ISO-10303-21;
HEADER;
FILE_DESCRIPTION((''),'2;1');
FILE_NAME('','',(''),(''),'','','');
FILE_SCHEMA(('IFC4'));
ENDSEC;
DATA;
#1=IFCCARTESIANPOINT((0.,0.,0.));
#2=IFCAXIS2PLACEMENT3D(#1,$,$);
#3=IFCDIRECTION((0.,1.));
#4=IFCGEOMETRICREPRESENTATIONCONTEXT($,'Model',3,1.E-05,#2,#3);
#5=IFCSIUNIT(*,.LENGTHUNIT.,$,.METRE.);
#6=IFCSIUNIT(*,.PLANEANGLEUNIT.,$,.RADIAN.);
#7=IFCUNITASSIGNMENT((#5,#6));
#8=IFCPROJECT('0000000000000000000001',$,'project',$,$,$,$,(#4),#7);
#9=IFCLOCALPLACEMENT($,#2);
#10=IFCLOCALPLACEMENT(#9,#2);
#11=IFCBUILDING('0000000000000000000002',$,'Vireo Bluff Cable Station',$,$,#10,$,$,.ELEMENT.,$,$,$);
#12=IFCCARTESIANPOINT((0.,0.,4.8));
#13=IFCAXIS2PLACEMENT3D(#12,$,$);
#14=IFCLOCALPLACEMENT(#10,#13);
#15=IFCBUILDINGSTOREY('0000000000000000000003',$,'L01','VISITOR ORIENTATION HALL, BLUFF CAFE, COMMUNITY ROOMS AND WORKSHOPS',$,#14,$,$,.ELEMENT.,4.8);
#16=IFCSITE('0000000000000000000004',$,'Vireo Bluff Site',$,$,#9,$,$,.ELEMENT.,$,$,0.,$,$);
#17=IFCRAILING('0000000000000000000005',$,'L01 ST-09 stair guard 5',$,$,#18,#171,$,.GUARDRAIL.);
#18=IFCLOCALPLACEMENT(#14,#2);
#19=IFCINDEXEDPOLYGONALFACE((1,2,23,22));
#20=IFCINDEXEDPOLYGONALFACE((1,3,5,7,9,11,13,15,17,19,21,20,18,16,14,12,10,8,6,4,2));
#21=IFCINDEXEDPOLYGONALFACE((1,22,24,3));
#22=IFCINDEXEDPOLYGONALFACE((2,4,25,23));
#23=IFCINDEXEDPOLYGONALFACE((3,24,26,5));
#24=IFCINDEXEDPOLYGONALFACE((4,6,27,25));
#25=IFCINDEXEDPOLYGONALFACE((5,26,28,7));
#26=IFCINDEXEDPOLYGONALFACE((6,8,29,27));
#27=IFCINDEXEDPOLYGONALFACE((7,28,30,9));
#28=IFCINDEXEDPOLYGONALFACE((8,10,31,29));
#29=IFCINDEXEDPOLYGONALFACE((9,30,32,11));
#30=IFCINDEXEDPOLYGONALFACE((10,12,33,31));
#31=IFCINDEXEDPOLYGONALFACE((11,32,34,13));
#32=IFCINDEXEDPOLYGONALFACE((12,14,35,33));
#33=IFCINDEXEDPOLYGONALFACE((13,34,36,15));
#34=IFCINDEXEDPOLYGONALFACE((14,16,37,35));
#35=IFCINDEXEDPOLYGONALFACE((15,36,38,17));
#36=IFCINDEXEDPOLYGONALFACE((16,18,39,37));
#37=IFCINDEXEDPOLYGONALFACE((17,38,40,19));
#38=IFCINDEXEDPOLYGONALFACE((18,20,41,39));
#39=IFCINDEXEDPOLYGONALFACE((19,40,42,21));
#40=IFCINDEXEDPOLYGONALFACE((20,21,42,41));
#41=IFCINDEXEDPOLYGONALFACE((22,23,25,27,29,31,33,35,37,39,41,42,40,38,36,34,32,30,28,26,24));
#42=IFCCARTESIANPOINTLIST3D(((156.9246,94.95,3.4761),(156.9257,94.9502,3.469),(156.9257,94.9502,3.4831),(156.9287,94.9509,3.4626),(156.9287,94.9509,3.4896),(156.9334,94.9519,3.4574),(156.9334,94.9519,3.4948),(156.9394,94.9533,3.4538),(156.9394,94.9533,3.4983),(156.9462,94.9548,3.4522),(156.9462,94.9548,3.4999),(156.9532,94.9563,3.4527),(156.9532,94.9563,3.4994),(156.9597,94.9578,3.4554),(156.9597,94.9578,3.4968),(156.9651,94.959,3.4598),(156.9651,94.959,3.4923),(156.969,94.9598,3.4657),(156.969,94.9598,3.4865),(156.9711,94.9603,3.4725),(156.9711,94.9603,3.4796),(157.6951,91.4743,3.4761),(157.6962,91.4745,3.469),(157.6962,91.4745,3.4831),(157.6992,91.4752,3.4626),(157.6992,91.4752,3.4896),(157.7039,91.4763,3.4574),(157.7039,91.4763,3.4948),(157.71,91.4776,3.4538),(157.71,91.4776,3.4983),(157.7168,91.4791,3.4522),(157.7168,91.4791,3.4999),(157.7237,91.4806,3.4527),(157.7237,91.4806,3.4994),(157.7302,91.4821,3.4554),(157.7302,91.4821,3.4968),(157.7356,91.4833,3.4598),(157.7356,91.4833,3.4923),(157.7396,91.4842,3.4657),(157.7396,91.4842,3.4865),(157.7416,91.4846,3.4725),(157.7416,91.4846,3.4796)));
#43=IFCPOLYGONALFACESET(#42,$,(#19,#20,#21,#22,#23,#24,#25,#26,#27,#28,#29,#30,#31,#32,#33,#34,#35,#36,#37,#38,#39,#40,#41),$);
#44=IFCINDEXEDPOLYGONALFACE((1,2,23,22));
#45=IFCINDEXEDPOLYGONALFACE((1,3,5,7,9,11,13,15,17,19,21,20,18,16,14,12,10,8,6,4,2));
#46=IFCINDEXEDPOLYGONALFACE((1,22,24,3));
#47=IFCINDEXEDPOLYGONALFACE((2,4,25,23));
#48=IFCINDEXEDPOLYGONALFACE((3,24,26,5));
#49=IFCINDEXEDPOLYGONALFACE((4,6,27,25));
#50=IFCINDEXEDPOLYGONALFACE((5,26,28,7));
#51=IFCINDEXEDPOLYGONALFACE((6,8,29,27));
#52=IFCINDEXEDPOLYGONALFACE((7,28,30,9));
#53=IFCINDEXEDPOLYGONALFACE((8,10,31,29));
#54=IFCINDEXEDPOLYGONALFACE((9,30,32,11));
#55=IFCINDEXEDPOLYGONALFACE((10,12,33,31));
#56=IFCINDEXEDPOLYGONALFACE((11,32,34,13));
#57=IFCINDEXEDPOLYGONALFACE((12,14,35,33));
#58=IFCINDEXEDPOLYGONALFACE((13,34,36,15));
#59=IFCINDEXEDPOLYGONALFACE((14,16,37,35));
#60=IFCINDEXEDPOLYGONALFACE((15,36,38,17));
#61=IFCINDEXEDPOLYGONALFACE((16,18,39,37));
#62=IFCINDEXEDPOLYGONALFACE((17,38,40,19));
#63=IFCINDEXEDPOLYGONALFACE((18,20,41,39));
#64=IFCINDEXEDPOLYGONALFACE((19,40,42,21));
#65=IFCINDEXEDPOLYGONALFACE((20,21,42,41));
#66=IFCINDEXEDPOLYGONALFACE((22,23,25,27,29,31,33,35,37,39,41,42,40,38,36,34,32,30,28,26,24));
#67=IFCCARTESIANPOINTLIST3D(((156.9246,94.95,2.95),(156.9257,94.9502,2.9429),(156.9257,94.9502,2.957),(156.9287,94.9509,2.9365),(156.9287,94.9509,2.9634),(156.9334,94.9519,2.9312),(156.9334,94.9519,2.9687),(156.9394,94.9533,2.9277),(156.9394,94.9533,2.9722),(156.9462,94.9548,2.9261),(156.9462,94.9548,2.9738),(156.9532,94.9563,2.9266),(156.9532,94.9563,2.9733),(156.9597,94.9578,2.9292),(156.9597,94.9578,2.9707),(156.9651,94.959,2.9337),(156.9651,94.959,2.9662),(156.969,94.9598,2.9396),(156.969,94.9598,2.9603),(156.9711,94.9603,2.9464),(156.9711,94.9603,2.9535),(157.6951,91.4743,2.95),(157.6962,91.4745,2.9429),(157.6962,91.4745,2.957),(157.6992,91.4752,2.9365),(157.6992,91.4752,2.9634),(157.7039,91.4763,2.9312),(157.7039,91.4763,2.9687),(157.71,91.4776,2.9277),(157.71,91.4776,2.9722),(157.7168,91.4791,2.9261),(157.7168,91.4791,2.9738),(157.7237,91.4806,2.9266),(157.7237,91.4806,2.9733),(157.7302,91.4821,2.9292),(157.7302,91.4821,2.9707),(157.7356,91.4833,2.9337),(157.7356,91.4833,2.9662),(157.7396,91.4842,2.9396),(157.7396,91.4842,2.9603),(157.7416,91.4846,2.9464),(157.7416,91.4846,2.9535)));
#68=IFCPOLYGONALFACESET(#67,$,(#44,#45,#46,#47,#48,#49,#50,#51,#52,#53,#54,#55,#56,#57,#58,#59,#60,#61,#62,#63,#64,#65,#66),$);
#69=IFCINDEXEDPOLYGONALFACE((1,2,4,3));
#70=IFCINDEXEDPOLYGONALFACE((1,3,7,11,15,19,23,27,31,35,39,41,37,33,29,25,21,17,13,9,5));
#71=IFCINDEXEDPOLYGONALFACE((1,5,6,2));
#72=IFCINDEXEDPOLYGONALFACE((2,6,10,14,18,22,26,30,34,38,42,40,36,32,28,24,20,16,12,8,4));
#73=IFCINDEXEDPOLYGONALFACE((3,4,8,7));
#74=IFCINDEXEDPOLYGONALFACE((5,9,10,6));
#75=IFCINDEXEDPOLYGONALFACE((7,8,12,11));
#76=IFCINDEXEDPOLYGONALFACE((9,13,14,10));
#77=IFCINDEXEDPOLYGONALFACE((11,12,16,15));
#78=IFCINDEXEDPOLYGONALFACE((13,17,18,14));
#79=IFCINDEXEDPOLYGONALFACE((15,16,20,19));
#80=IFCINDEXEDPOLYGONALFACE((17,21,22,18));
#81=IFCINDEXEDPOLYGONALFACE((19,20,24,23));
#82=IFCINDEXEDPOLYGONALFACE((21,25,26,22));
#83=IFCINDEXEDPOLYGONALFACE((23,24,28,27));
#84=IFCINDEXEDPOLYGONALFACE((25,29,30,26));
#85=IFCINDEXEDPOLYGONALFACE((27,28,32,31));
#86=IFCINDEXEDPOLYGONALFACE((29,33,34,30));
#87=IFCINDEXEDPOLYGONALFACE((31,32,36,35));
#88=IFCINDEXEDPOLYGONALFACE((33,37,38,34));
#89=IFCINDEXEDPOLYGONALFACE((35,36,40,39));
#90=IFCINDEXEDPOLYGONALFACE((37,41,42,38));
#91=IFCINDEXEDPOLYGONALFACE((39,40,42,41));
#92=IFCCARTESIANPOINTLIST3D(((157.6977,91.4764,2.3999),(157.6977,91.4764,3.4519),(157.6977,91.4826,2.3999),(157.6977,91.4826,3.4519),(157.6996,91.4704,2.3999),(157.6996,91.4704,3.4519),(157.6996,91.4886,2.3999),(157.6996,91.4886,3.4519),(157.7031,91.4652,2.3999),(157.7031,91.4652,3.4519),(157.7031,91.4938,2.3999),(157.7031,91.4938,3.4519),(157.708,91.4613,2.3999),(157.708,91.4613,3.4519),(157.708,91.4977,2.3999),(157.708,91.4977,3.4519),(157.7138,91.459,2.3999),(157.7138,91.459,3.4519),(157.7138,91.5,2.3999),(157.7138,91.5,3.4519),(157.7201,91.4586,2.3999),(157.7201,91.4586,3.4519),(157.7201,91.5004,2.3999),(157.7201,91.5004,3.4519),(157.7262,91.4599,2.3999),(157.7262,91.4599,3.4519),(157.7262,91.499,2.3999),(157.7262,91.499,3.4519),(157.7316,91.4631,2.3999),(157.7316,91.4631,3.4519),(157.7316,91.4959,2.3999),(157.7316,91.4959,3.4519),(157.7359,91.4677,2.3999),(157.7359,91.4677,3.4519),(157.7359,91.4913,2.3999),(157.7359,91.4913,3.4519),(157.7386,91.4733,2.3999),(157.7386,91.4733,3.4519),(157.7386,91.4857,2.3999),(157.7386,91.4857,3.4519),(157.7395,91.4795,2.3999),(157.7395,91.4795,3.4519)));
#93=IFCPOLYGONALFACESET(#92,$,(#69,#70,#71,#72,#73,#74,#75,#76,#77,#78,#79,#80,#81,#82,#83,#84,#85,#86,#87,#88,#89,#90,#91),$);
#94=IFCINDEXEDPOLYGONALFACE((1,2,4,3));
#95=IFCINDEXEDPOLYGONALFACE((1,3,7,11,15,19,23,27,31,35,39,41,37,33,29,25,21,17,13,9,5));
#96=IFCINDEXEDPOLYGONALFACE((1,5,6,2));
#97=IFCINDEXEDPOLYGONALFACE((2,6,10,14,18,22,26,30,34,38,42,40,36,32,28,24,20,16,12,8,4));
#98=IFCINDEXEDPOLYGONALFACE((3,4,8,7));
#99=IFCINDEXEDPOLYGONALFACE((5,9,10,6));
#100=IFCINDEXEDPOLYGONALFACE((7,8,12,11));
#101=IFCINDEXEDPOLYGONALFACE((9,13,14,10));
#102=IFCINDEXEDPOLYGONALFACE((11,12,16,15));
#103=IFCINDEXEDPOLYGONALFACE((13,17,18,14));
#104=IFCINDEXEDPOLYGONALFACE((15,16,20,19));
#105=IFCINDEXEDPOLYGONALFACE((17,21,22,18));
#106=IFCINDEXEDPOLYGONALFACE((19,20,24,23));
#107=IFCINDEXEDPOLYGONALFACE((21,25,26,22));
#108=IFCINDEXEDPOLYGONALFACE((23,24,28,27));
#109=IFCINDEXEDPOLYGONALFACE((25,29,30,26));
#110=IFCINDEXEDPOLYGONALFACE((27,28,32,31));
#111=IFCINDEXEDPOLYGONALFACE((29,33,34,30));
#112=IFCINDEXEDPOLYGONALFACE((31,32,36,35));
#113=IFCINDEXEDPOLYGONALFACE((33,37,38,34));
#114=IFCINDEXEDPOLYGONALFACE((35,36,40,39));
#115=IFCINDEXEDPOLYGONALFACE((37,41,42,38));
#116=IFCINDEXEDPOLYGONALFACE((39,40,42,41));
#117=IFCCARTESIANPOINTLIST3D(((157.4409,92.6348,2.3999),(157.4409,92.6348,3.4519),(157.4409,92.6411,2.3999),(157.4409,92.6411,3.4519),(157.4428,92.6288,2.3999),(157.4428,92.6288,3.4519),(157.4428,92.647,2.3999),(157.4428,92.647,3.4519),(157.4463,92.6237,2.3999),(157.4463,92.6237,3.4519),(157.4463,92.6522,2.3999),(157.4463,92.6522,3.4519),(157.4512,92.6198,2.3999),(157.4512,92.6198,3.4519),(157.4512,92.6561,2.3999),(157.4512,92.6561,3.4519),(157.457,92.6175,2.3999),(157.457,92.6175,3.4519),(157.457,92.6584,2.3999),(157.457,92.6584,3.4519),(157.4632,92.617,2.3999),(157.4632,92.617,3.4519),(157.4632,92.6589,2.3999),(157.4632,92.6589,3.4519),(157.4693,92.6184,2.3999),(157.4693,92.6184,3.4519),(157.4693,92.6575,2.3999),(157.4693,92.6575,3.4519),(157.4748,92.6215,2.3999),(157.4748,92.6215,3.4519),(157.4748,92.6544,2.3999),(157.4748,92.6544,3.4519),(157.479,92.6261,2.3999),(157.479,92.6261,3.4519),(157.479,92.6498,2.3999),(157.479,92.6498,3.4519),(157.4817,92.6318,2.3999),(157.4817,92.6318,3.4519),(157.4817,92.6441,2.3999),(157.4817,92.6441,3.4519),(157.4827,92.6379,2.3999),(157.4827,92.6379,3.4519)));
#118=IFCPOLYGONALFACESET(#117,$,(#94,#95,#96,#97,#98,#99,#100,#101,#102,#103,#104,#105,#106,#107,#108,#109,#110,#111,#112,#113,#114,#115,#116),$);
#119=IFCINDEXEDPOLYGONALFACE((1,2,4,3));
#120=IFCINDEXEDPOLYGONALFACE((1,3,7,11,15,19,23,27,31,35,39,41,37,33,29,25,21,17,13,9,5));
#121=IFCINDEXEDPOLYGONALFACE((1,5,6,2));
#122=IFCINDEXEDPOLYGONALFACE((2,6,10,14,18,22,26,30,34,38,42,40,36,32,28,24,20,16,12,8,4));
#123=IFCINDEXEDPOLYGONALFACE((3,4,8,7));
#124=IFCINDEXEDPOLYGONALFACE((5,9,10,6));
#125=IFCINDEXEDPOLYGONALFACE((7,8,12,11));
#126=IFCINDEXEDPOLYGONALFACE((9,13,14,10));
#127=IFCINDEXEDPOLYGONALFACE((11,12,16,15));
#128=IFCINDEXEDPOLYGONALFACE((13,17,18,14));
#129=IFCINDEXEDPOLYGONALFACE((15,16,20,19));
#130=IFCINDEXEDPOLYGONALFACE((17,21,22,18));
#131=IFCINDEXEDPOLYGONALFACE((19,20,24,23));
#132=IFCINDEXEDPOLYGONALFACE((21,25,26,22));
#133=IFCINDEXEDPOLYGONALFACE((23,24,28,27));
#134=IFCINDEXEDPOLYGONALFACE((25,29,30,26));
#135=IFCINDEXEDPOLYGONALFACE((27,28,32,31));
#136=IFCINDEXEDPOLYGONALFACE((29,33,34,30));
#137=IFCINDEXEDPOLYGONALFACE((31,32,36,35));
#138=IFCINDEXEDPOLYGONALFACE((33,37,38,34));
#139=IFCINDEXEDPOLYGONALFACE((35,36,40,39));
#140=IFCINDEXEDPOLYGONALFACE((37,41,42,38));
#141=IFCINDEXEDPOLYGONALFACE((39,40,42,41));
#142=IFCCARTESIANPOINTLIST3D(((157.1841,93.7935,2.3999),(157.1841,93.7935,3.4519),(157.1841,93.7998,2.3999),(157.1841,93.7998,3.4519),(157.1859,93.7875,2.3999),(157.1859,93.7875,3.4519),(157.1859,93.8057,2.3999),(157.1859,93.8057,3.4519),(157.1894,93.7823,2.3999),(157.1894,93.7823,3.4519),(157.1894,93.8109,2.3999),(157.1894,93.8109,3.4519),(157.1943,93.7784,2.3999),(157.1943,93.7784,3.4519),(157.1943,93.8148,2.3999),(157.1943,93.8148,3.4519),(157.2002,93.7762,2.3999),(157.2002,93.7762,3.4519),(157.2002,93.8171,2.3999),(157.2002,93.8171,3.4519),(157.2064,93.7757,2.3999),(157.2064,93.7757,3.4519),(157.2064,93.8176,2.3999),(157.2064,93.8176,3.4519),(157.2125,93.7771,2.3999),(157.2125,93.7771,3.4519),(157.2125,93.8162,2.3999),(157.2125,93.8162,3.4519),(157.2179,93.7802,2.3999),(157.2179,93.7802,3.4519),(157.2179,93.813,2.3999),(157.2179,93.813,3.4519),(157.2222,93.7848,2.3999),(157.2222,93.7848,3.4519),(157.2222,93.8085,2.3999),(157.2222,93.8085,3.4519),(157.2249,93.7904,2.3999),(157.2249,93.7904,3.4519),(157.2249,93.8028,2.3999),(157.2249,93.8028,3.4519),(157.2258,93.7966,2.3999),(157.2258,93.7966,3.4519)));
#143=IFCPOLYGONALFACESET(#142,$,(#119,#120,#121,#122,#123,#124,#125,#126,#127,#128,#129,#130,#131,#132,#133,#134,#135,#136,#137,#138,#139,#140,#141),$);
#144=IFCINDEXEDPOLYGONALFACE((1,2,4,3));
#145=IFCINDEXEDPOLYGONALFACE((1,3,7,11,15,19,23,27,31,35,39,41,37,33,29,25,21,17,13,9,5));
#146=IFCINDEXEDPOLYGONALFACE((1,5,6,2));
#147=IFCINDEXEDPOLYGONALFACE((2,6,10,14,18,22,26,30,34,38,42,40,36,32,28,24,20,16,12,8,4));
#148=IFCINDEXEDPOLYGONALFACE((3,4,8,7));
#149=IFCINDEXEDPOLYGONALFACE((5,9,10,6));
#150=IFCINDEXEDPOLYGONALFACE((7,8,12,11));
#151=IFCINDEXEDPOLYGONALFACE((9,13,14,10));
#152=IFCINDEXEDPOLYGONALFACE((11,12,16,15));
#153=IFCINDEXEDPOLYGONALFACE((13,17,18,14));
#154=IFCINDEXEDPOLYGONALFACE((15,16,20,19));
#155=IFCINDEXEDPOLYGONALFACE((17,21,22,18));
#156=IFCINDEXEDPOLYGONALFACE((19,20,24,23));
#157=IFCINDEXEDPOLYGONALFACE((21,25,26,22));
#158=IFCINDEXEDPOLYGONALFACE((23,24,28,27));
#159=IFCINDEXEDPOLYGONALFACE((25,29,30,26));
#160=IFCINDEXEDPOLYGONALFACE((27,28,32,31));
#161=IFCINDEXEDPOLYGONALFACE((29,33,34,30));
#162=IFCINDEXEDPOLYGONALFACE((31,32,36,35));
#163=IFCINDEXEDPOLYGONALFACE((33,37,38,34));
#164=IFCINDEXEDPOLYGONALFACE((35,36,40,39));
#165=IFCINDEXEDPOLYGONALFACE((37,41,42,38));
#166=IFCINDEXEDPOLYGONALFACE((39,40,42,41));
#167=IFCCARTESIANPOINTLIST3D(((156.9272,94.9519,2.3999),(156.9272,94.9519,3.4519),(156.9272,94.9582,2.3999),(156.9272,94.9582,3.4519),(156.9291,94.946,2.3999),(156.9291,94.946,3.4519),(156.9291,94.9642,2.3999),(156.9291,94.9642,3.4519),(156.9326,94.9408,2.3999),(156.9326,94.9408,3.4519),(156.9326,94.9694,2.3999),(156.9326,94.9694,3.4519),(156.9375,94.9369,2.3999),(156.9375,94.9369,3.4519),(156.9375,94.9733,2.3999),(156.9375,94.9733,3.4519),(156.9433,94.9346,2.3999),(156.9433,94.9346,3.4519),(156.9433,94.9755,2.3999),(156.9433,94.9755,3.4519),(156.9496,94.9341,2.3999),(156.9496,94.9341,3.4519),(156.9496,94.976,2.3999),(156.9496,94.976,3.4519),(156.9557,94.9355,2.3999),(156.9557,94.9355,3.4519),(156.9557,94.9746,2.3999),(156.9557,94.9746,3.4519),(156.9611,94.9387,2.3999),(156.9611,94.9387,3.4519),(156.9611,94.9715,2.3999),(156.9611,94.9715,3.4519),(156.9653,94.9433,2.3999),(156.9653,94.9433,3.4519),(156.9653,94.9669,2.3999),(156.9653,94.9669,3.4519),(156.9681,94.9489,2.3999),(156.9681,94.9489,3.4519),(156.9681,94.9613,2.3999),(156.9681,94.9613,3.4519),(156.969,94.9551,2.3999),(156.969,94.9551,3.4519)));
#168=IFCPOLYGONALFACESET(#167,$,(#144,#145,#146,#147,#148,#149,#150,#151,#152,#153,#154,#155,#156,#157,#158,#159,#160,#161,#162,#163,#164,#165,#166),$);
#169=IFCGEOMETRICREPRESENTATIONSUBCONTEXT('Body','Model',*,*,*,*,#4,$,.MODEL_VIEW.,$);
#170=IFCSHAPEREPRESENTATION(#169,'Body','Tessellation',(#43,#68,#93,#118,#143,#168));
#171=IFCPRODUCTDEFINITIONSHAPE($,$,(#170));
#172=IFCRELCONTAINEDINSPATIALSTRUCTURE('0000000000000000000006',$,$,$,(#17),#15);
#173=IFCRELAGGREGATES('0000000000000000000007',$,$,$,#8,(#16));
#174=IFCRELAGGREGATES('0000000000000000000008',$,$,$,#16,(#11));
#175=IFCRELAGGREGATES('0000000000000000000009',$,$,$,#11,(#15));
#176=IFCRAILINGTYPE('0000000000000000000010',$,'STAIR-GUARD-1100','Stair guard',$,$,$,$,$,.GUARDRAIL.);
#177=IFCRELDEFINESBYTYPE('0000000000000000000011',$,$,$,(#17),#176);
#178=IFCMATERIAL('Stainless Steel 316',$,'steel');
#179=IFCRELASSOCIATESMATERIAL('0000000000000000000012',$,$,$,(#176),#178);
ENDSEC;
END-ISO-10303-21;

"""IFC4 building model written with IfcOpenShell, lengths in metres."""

from ifc_helpers import new_model, si_unit, direction, frame, origin, origin_2d, place, context, subcontext, project, spatial, circle, extrude, material, type_object, element, save


model = new_model("IFC4")

# Units and contexts
model_context = context("Model", 3, precision=1e-05, world=origin(), true_north=direction((0.0, 1.0)))
body_context = subcontext(model_context, "Body", "Model", "MODEL_VIEW")
ifc_project = project(units=[si_unit("LENGTHUNIT", "METRE"), si_unit("PLANEANGLEUNIT", "RADIAN")], contexts=[model_context])

# Site, building, storey
site_placement = place(None, origin())
site = spatial("IfcSite", under=ifc_project, at=site_placement, Name="Vireo Bluff Site", CompositionType="ELEMENT", RefElevation=0.0)
building_placement = place(site_placement, origin())
building = spatial("IfcBuilding", under=site, at=building_placement, Name="Vireo Bluff Cable Station", CompositionType="ELEMENT")
storey_placement = place(building_placement, frame((0.0, 0.0, 4.8)))
storey = spatial("IfcBuildingStorey", under=building, at=storey_placement, Name="L01", Description="VISITOR ORIENTATION HALL, BLUFF CAFE, COMMUNITY ROOMS AND WORKSHOPS", CompositionType="ELEMENT", Elevation=4.8)

# Railing
ifc_material_1 = material(Name="Stainless Steel 316", Category="steel")
railing_type_1 = type_object("IfcRailingType", Name="STAIR-GUARD-1100", Description="Stair guard", PredefinedType="GUARDRAIL", material=ifc_material_1)
railing_1_placement = place(storey_placement, frame((157.7185, 91.4795, 2.3999)))
element("IfcRailing", 1, at=railing_1_placement, inside=storey, type_object=railing_type_1, Name="L01 ST-09 stair guard 5", PredefinedType="GUARDRAIL", context=body_context, shape_type="SweptSolid", body=[
    extrude(circle(Radius=0.0239, at=origin_2d()), frame((0.0, 0.0, 1.0762), z_axis=(-0.216437, 0.976297, 0.0), x_axis=(-0.976297, -0.216437, 0.0)), (0.0, 0.0, 1.0), 3.5601),
    extrude(circle(Radius=0.0239, at=origin_2d()), frame((0.0, 0.0, 0.55), z_axis=(-0.216437, 0.976297, 0.0), x_axis=(-0.976297, -0.216437, 0.0)), (0.0, 0.0, 1.0), 3.5601),
    extrude(circle(Radius=0.021, at=origin_2d()), origin(), (0.0, 0.0, 1.0), 1.052),
    extrude(circle(Radius=0.021, at=origin_2d()), frame((-0.2568, 1.1584, 0.0)), (0.0, 0.0, 1.0), 1.052),
    extrude(circle(Radius=0.021, at=origin_2d()), frame((-0.5137, 2.3171, 0.0)), (0.0, 0.0, 1.0), 1.052),
    extrude(circle(Radius=0.021, at=origin_2d()), frame((-0.7705, 3.4756, 0.0)), (0.0, 0.0, 1.0), 1.052),
])

save(model, "model.ifc")
